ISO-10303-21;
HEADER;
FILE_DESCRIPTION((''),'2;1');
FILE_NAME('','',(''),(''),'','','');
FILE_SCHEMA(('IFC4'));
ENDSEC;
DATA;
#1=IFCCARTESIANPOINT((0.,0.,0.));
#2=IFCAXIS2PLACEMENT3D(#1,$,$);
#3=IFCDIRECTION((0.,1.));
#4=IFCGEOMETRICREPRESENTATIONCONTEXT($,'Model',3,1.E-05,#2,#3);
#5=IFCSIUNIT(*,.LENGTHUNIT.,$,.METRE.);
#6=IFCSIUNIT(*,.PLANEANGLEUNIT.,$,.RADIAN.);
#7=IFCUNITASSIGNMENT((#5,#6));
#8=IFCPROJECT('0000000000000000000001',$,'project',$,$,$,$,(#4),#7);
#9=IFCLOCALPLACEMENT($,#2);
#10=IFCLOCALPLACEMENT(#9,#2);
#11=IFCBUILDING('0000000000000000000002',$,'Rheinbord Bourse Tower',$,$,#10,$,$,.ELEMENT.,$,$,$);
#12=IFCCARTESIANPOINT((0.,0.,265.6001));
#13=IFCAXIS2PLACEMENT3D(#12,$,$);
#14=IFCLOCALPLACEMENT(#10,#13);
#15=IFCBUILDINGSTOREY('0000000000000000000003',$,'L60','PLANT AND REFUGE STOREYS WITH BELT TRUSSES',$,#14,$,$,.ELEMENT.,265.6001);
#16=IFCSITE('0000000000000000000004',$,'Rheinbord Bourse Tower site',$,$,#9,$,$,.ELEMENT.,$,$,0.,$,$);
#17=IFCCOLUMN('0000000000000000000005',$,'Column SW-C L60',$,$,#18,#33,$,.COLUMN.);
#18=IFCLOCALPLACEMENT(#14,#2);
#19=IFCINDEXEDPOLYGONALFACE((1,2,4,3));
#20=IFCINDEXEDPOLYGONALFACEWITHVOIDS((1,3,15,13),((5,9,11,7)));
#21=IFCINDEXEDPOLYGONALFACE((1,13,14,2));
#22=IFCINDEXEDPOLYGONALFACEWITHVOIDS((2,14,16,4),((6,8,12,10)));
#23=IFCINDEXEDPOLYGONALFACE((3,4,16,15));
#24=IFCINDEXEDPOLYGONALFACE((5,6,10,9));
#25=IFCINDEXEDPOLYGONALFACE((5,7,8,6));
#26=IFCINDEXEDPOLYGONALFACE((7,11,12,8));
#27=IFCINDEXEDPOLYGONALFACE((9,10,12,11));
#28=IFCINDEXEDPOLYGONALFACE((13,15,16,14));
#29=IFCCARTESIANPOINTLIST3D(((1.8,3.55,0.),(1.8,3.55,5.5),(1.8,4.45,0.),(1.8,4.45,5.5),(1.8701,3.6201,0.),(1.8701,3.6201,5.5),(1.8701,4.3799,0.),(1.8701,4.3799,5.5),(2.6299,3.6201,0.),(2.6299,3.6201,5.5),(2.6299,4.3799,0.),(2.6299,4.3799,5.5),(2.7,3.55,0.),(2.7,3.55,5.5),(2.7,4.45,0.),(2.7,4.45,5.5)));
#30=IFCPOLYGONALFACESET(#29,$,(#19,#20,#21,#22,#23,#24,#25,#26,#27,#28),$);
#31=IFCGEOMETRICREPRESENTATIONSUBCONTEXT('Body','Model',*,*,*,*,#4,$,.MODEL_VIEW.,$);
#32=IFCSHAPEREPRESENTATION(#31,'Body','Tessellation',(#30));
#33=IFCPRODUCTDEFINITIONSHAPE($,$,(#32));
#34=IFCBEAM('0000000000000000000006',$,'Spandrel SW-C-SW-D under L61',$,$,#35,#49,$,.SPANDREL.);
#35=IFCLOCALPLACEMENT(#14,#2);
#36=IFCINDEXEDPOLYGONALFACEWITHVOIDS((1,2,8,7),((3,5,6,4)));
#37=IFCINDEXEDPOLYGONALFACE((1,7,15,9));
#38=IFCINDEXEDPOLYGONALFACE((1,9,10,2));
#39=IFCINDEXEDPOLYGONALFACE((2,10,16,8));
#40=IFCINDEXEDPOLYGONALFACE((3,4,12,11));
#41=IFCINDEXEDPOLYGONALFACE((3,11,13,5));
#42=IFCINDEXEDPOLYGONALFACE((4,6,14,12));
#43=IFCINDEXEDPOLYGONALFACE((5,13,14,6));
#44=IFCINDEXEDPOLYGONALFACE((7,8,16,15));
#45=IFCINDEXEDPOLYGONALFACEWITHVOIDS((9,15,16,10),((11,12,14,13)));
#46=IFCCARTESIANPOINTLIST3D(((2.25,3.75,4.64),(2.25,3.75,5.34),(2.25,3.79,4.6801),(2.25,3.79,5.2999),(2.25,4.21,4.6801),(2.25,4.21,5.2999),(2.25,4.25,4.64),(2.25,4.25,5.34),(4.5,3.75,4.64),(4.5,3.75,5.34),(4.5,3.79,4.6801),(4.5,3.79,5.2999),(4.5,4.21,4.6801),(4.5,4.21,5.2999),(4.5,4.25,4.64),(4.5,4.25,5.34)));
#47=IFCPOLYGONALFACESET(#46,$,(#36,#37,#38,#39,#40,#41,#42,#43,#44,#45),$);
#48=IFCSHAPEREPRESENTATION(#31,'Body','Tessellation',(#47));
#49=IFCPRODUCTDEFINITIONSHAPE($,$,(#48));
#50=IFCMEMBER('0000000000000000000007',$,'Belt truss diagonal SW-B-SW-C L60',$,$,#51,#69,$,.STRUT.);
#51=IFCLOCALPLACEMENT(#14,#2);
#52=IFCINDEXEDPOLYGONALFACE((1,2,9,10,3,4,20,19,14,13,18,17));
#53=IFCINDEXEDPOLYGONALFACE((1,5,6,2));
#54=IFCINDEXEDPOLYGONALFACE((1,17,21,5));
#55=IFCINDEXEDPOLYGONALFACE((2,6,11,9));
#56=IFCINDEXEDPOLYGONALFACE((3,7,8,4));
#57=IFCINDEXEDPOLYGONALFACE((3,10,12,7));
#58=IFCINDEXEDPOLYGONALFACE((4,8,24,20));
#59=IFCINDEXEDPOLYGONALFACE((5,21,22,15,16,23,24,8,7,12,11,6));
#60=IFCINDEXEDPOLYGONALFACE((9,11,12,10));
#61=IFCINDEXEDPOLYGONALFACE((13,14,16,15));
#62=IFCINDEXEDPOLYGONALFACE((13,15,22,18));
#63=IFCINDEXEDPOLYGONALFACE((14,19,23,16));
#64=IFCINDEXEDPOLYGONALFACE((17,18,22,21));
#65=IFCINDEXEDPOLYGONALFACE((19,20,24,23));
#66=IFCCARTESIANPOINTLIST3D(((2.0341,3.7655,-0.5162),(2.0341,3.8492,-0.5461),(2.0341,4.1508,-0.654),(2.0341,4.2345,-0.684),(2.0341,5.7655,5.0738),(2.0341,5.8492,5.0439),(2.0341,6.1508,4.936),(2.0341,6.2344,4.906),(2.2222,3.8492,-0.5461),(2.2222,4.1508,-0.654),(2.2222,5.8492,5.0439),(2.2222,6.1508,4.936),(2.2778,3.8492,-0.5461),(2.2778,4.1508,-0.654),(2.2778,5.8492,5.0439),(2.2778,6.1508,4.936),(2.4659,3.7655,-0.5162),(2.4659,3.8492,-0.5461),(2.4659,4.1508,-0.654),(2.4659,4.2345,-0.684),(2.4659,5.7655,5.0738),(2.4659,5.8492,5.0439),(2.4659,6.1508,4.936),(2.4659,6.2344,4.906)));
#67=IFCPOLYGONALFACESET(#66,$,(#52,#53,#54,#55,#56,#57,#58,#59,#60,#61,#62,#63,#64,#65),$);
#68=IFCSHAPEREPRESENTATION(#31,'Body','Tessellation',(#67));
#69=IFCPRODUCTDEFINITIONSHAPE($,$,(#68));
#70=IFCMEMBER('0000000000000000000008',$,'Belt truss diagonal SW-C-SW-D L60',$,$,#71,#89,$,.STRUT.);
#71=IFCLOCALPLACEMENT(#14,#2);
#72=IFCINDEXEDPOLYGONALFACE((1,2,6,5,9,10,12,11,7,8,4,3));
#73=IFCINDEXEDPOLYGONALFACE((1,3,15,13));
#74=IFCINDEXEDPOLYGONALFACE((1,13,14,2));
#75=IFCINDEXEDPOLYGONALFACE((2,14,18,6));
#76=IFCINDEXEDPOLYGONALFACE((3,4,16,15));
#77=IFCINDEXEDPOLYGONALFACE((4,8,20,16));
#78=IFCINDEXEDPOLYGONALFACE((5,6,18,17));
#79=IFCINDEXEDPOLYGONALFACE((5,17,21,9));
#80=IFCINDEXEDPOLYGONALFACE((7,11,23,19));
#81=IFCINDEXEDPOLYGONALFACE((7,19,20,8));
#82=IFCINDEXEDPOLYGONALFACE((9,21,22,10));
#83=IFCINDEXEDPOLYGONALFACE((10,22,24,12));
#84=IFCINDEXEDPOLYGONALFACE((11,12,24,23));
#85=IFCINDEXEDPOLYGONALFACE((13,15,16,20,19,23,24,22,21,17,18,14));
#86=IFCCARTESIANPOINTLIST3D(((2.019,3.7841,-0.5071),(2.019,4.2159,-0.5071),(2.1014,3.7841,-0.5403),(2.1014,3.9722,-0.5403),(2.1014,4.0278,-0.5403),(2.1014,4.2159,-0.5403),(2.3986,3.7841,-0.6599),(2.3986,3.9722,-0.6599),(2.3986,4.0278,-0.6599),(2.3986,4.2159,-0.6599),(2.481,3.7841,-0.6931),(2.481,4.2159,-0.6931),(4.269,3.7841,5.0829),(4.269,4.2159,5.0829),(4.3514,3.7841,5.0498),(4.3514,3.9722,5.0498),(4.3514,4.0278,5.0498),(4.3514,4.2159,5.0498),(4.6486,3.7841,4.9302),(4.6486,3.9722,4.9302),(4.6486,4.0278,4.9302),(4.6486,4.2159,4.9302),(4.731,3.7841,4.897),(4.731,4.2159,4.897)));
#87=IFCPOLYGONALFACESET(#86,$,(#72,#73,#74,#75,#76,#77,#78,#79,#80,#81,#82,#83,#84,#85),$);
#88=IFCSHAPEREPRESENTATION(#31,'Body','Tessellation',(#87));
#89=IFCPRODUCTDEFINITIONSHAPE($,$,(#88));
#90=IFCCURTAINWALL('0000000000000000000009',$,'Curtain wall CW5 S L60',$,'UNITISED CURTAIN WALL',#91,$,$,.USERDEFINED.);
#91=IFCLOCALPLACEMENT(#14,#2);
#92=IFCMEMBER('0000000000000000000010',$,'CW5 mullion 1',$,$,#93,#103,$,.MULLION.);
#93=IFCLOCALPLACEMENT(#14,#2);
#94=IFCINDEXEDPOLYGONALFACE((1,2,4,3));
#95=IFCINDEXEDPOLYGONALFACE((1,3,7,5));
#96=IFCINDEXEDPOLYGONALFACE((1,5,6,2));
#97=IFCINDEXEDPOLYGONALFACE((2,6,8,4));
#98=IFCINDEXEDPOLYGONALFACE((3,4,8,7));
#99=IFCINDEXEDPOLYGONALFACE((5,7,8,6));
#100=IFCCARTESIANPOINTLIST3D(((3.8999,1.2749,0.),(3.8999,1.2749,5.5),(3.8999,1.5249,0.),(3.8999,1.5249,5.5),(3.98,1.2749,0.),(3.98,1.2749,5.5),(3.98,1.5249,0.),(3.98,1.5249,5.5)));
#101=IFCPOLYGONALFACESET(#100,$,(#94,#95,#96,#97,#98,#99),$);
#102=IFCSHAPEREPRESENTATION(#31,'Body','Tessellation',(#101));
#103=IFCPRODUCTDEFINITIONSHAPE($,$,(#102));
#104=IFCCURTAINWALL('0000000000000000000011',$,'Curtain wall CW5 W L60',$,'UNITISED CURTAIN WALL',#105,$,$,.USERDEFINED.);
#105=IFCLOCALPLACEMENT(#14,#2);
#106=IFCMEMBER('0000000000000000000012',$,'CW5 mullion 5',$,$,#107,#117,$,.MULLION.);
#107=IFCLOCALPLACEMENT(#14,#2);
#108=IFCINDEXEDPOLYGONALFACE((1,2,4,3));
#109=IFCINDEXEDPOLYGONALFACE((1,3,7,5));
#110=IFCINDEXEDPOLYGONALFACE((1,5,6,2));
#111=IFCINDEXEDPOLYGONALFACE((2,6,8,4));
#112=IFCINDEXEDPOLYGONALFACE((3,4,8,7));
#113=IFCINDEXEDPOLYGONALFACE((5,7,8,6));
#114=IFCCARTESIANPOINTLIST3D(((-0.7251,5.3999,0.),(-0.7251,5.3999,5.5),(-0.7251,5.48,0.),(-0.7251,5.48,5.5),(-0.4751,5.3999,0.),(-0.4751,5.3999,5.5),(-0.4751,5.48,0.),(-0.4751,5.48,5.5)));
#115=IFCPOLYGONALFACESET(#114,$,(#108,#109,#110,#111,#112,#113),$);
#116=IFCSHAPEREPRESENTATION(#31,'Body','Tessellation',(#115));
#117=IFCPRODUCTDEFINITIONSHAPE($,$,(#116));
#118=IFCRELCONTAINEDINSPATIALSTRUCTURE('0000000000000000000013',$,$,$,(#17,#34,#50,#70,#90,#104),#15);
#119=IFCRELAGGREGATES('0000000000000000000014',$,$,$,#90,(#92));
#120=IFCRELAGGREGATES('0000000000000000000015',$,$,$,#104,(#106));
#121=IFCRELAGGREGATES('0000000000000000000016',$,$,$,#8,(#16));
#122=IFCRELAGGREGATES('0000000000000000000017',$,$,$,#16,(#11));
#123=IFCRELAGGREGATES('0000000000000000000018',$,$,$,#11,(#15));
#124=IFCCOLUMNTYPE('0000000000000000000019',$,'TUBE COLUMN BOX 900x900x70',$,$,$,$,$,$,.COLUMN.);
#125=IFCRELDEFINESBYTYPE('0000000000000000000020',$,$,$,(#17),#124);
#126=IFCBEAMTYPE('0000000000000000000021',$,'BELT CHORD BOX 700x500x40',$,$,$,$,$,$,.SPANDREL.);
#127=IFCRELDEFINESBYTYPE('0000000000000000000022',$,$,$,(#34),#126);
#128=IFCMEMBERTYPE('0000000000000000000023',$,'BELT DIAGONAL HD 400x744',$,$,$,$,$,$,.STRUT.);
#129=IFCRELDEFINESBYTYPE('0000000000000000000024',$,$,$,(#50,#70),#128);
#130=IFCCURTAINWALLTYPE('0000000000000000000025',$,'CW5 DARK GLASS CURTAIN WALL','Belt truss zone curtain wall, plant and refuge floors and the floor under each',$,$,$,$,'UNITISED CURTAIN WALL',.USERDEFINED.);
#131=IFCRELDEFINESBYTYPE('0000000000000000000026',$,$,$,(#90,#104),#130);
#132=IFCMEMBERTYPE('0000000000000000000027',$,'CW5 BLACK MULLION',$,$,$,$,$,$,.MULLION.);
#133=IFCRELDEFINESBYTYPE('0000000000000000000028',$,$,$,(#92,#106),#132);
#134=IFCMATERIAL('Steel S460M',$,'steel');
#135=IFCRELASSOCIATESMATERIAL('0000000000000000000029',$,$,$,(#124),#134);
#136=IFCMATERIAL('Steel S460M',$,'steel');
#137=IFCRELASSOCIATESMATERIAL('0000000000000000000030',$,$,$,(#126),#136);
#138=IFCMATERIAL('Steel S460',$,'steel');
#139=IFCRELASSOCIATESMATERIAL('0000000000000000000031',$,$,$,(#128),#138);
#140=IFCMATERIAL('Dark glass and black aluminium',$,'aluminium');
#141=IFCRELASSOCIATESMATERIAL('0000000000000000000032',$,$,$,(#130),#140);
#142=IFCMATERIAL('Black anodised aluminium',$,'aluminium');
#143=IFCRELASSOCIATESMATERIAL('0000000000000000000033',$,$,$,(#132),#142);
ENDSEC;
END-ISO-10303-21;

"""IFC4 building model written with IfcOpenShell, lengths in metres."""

from ifc_helpers import new_model, si_unit, direction, frame, origin, origin_2d, place, context, subcontext, project, spatial, rectangle, hollow_rectangle, i_section, extrude, material, material_profile, profile_set, type_object, element, aggregate, save


model = new_model("IFC4")

# Units and contexts
model_context = context("Model", 3, precision=1e-05, world=origin(), true_north=direction((0.0, 1.0)))
body_context = subcontext(model_context, "Body", "Model", "MODEL_VIEW")
ifc_project = project(units=[si_unit("LENGTHUNIT", "METRE"), si_unit("PLANEANGLEUNIT", "RADIAN")], contexts=[model_context])

# Site, building, storey
site_placement = place(None, origin())
site = spatial("IfcSite", under=ifc_project, at=site_placement, Name="Rheinbord Bourse Tower site", CompositionType="ELEMENT", RefElevation=0.0)
building_placement = place(site_placement, origin())
building = spatial("IfcBuilding", under=site, at=building_placement, Name="Rheinbord Bourse Tower", CompositionType="ELEMENT")
storey_placement = place(building_placement, frame((0.0, 0.0, 265.6001)))
storey = spatial("IfcBuildingStorey", under=building, at=storey_placement, Name="L60", Description="PLANT AND REFUGE STOREYS WITH BELT TRUSSES", CompositionType="ELEMENT", Elevation=265.6001)

# Column
ifc_material_1 = material(Name="Steel S460M", Category="steel")
ifc_material_profile_1 = material_profile(ifc_material_1, hollow_rectangle(XDim=0.8999, YDim=0.8999, WallThickness=0.0701, at=origin_2d()), Name="BOX 900x900x70")
ifc_profile_set_1 = profile_set([ifc_material_profile_1], Name="Steel S460M")
column_type = type_object("IfcColumnType", Name="TUBE COLUMN BOX 900x900x70", PredefinedType="COLUMN", material=ifc_profile_set_1)
column_placement = place(storey_placement, frame((2.25, 4.0, 0.0), z_axis=(0.0, 0.0, 1.0), x_axis=(1.0, 0.0, 0.0)))
element("IfcColumn", 1, at=column_placement, inside=storey, type_object=column_type, Name="Column SW-C L60", PredefinedType="COLUMN", context=body_context, shape_type="SweptSolid", body=[
    extrude(hollow_rectangle(XDim=0.8999, YDim=0.8999, WallThickness=0.0701, at=origin_2d()), origin(), (0.0, 0.0, 1.0), 5.5),
])

# Beam
ifc_material_2 = material(Name="Steel S460M", Category="steel")
ifc_material_profile_2 = material_profile(ifc_material_2, hollow_rectangle(XDim=0.5, YDim=0.7, WallThickness=0.04, at=origin_2d()), Name="BOX 700x500x40")
ifc_profile_set_2 = profile_set([ifc_material_profile_2], Name="Steel S460M")
beam_type = type_object("IfcBeamType", Name="BELT CHORD BOX 700x500x40", PredefinedType="SPANDREL", material=ifc_profile_set_2)
beam_placement = place(storey_placement, frame((2.25, 4.0, 4.99), z_axis=(1.0, 0.0, 0.0), x_axis=(0.0, 1.0, 0.0)))
element("IfcBeam", 2, at=beam_placement, inside=storey, type_object=beam_type, Name="Spandrel SW-C-SW-D under L61", PredefinedType="SPANDREL", context=body_context, shape_type="SweptSolid", body=[
    extrude(hollow_rectangle(XDim=0.5, YDim=0.7, WallThickness=0.04, at=origin_2d()), origin(), (0.0, 0.0, 1.0), 2.25),
])

# Members
ifc_material_3 = material(Name="Steel S460", Category="steel")
ifc_material_profile_3 = material_profile(ifc_material_3, i_section(OverallWidth=0.4319, OverallDepth=0.498, WebThickness=0.0557, FlangeThickness=0.0889, at=origin_2d()), Name="HD 400x744")
ifc_profile_set_3 = profile_set([ifc_material_profile_3], Name="Steel S460")
member_type_1 = type_object("IfcMemberType", Name="BELT DIAGONAL HD 400x744", PredefinedType="STRUT", material=ifc_profile_set_3)
member_1_placement = place(storey_placement, frame((2.25, 4.0, -0.6001), z_axis=(0.0, 0.336865, 0.941553), x_axis=(-1.0, 0.0, 0.0)))
element("IfcMember", 3, at=member_1_placement, inside=storey, type_object=member_type_1, Name="Belt truss diagonal SW-B-SW-C L60", PredefinedType="STRUT", context=body_context, shape_type="SweptSolid", body=[
    extrude(i_section(OverallWidth=0.4319, OverallDepth=0.498, WebThickness=0.0557, FlangeThickness=0.0889, at=origin_2d()), origin(), (0.0, 0.0, 1.0), 5.937),
])
member_2_placement = place(storey_placement, frame((2.25, 4.0, -0.6001), z_axis=(0.373388, 0.0, 0.927675), x_axis=(0.0, 1.0, 0.0)))
element("IfcMember", 4, at=member_2_placement, inside=storey, type_object=member_type_1, Name="Belt truss diagonal SW-C-SW-D L60", PredefinedType="STRUT", context=body_context, shape_type="SweptSolid", body=[
    extrude(i_section(OverallWidth=0.4319, OverallDepth=0.498, WebThickness=0.0557, FlangeThickness=0.0889, at=origin_2d()), origin(), (0.0, 0.0, 1.0), 6.0259),
])

# Curtain walls, members
ifc_material_4 = material(Name="Dark glass and black aluminium", Category="aluminium")
curtain_wall_type = type_object("IfcCurtainWallType", Name="CW5 DARK GLASS CURTAIN WALL", Description="Belt truss zone curtain wall, plant and refuge floors and the floor under each", ElementType="UNITISED CURTAIN WALL", PredefinedType="USERDEFINED", material=ifc_material_4)
curtain_wall_1_placement = place(storey_placement, origin())
curtain_wall_1 = element("IfcCurtainWall", 5, at=curtain_wall_1_placement, inside=storey, type_object=curtain_wall_type, Name="Curtain wall CW5 S L60", ObjectType="UNITISED CURTAIN WALL", PredefinedType="USERDEFINED")
ifc_material_5 = material(Name="Black anodised aluminium", Category="aluminium")
ifc_material_profile_4 = material_profile(ifc_material_5, rectangle(XDim=0.25, YDim=0.0801, at=origin_2d()), Name="CW5 MULLION 80x250")
ifc_profile_set_4 = profile_set([ifc_material_profile_4], Name="Black anodised aluminium")
member_type_2 = type_object("IfcMemberType", Name="CW5 BLACK MULLION", PredefinedType="MULLION", material=ifc_profile_set_4)
member_3_placement = place(storey_placement, frame((3.9399, 1.3999, 0.0), z_axis=(0.0, 0.0, 1.0), x_axis=(0.0, 1.0, 0.0)))
member_3 = element("IfcMember", 6, at=member_3_placement, type_object=member_type_2, Name="CW5 mullion 1", PredefinedType="MULLION", context=body_context, shape_type="SweptSolid", body=[
    extrude(rectangle(XDim=0.25, YDim=0.0801, at=origin_2d()), origin(), (0.0, 0.0, 1.0), 5.5),
])
aggregate(curtain_wall_1, [member_3])
curtain_wall_2_placement = place(storey_placement, origin())
curtain_wall_2 = element("IfcCurtainWall", 7, at=curtain_wall_2_placement, inside=storey, type_object=curtain_wall_type, Name="Curtain wall CW5 W L60", ObjectType="UNITISED CURTAIN WALL", PredefinedType="USERDEFINED")
member_4_placement = place(storey_placement, frame((-0.6001, 5.4399, 0.0), z_axis=(0.0, 0.0, 1.0), x_axis=(1.0, 0.0, 0.0)))
member_4 = element("IfcMember", 8, at=member_4_placement, type_object=member_type_2, Name="CW5 mullion 5", PredefinedType="MULLION", context=body_context, shape_type="SweptSolid", body=[
    extrude(rectangle(XDim=0.25, YDim=0.0801, at=origin_2d()), origin(), (0.0, 0.0, 1.0), 5.5),
])
aggregate(curtain_wall_2, [member_4])

save(model, "model.ifc")
